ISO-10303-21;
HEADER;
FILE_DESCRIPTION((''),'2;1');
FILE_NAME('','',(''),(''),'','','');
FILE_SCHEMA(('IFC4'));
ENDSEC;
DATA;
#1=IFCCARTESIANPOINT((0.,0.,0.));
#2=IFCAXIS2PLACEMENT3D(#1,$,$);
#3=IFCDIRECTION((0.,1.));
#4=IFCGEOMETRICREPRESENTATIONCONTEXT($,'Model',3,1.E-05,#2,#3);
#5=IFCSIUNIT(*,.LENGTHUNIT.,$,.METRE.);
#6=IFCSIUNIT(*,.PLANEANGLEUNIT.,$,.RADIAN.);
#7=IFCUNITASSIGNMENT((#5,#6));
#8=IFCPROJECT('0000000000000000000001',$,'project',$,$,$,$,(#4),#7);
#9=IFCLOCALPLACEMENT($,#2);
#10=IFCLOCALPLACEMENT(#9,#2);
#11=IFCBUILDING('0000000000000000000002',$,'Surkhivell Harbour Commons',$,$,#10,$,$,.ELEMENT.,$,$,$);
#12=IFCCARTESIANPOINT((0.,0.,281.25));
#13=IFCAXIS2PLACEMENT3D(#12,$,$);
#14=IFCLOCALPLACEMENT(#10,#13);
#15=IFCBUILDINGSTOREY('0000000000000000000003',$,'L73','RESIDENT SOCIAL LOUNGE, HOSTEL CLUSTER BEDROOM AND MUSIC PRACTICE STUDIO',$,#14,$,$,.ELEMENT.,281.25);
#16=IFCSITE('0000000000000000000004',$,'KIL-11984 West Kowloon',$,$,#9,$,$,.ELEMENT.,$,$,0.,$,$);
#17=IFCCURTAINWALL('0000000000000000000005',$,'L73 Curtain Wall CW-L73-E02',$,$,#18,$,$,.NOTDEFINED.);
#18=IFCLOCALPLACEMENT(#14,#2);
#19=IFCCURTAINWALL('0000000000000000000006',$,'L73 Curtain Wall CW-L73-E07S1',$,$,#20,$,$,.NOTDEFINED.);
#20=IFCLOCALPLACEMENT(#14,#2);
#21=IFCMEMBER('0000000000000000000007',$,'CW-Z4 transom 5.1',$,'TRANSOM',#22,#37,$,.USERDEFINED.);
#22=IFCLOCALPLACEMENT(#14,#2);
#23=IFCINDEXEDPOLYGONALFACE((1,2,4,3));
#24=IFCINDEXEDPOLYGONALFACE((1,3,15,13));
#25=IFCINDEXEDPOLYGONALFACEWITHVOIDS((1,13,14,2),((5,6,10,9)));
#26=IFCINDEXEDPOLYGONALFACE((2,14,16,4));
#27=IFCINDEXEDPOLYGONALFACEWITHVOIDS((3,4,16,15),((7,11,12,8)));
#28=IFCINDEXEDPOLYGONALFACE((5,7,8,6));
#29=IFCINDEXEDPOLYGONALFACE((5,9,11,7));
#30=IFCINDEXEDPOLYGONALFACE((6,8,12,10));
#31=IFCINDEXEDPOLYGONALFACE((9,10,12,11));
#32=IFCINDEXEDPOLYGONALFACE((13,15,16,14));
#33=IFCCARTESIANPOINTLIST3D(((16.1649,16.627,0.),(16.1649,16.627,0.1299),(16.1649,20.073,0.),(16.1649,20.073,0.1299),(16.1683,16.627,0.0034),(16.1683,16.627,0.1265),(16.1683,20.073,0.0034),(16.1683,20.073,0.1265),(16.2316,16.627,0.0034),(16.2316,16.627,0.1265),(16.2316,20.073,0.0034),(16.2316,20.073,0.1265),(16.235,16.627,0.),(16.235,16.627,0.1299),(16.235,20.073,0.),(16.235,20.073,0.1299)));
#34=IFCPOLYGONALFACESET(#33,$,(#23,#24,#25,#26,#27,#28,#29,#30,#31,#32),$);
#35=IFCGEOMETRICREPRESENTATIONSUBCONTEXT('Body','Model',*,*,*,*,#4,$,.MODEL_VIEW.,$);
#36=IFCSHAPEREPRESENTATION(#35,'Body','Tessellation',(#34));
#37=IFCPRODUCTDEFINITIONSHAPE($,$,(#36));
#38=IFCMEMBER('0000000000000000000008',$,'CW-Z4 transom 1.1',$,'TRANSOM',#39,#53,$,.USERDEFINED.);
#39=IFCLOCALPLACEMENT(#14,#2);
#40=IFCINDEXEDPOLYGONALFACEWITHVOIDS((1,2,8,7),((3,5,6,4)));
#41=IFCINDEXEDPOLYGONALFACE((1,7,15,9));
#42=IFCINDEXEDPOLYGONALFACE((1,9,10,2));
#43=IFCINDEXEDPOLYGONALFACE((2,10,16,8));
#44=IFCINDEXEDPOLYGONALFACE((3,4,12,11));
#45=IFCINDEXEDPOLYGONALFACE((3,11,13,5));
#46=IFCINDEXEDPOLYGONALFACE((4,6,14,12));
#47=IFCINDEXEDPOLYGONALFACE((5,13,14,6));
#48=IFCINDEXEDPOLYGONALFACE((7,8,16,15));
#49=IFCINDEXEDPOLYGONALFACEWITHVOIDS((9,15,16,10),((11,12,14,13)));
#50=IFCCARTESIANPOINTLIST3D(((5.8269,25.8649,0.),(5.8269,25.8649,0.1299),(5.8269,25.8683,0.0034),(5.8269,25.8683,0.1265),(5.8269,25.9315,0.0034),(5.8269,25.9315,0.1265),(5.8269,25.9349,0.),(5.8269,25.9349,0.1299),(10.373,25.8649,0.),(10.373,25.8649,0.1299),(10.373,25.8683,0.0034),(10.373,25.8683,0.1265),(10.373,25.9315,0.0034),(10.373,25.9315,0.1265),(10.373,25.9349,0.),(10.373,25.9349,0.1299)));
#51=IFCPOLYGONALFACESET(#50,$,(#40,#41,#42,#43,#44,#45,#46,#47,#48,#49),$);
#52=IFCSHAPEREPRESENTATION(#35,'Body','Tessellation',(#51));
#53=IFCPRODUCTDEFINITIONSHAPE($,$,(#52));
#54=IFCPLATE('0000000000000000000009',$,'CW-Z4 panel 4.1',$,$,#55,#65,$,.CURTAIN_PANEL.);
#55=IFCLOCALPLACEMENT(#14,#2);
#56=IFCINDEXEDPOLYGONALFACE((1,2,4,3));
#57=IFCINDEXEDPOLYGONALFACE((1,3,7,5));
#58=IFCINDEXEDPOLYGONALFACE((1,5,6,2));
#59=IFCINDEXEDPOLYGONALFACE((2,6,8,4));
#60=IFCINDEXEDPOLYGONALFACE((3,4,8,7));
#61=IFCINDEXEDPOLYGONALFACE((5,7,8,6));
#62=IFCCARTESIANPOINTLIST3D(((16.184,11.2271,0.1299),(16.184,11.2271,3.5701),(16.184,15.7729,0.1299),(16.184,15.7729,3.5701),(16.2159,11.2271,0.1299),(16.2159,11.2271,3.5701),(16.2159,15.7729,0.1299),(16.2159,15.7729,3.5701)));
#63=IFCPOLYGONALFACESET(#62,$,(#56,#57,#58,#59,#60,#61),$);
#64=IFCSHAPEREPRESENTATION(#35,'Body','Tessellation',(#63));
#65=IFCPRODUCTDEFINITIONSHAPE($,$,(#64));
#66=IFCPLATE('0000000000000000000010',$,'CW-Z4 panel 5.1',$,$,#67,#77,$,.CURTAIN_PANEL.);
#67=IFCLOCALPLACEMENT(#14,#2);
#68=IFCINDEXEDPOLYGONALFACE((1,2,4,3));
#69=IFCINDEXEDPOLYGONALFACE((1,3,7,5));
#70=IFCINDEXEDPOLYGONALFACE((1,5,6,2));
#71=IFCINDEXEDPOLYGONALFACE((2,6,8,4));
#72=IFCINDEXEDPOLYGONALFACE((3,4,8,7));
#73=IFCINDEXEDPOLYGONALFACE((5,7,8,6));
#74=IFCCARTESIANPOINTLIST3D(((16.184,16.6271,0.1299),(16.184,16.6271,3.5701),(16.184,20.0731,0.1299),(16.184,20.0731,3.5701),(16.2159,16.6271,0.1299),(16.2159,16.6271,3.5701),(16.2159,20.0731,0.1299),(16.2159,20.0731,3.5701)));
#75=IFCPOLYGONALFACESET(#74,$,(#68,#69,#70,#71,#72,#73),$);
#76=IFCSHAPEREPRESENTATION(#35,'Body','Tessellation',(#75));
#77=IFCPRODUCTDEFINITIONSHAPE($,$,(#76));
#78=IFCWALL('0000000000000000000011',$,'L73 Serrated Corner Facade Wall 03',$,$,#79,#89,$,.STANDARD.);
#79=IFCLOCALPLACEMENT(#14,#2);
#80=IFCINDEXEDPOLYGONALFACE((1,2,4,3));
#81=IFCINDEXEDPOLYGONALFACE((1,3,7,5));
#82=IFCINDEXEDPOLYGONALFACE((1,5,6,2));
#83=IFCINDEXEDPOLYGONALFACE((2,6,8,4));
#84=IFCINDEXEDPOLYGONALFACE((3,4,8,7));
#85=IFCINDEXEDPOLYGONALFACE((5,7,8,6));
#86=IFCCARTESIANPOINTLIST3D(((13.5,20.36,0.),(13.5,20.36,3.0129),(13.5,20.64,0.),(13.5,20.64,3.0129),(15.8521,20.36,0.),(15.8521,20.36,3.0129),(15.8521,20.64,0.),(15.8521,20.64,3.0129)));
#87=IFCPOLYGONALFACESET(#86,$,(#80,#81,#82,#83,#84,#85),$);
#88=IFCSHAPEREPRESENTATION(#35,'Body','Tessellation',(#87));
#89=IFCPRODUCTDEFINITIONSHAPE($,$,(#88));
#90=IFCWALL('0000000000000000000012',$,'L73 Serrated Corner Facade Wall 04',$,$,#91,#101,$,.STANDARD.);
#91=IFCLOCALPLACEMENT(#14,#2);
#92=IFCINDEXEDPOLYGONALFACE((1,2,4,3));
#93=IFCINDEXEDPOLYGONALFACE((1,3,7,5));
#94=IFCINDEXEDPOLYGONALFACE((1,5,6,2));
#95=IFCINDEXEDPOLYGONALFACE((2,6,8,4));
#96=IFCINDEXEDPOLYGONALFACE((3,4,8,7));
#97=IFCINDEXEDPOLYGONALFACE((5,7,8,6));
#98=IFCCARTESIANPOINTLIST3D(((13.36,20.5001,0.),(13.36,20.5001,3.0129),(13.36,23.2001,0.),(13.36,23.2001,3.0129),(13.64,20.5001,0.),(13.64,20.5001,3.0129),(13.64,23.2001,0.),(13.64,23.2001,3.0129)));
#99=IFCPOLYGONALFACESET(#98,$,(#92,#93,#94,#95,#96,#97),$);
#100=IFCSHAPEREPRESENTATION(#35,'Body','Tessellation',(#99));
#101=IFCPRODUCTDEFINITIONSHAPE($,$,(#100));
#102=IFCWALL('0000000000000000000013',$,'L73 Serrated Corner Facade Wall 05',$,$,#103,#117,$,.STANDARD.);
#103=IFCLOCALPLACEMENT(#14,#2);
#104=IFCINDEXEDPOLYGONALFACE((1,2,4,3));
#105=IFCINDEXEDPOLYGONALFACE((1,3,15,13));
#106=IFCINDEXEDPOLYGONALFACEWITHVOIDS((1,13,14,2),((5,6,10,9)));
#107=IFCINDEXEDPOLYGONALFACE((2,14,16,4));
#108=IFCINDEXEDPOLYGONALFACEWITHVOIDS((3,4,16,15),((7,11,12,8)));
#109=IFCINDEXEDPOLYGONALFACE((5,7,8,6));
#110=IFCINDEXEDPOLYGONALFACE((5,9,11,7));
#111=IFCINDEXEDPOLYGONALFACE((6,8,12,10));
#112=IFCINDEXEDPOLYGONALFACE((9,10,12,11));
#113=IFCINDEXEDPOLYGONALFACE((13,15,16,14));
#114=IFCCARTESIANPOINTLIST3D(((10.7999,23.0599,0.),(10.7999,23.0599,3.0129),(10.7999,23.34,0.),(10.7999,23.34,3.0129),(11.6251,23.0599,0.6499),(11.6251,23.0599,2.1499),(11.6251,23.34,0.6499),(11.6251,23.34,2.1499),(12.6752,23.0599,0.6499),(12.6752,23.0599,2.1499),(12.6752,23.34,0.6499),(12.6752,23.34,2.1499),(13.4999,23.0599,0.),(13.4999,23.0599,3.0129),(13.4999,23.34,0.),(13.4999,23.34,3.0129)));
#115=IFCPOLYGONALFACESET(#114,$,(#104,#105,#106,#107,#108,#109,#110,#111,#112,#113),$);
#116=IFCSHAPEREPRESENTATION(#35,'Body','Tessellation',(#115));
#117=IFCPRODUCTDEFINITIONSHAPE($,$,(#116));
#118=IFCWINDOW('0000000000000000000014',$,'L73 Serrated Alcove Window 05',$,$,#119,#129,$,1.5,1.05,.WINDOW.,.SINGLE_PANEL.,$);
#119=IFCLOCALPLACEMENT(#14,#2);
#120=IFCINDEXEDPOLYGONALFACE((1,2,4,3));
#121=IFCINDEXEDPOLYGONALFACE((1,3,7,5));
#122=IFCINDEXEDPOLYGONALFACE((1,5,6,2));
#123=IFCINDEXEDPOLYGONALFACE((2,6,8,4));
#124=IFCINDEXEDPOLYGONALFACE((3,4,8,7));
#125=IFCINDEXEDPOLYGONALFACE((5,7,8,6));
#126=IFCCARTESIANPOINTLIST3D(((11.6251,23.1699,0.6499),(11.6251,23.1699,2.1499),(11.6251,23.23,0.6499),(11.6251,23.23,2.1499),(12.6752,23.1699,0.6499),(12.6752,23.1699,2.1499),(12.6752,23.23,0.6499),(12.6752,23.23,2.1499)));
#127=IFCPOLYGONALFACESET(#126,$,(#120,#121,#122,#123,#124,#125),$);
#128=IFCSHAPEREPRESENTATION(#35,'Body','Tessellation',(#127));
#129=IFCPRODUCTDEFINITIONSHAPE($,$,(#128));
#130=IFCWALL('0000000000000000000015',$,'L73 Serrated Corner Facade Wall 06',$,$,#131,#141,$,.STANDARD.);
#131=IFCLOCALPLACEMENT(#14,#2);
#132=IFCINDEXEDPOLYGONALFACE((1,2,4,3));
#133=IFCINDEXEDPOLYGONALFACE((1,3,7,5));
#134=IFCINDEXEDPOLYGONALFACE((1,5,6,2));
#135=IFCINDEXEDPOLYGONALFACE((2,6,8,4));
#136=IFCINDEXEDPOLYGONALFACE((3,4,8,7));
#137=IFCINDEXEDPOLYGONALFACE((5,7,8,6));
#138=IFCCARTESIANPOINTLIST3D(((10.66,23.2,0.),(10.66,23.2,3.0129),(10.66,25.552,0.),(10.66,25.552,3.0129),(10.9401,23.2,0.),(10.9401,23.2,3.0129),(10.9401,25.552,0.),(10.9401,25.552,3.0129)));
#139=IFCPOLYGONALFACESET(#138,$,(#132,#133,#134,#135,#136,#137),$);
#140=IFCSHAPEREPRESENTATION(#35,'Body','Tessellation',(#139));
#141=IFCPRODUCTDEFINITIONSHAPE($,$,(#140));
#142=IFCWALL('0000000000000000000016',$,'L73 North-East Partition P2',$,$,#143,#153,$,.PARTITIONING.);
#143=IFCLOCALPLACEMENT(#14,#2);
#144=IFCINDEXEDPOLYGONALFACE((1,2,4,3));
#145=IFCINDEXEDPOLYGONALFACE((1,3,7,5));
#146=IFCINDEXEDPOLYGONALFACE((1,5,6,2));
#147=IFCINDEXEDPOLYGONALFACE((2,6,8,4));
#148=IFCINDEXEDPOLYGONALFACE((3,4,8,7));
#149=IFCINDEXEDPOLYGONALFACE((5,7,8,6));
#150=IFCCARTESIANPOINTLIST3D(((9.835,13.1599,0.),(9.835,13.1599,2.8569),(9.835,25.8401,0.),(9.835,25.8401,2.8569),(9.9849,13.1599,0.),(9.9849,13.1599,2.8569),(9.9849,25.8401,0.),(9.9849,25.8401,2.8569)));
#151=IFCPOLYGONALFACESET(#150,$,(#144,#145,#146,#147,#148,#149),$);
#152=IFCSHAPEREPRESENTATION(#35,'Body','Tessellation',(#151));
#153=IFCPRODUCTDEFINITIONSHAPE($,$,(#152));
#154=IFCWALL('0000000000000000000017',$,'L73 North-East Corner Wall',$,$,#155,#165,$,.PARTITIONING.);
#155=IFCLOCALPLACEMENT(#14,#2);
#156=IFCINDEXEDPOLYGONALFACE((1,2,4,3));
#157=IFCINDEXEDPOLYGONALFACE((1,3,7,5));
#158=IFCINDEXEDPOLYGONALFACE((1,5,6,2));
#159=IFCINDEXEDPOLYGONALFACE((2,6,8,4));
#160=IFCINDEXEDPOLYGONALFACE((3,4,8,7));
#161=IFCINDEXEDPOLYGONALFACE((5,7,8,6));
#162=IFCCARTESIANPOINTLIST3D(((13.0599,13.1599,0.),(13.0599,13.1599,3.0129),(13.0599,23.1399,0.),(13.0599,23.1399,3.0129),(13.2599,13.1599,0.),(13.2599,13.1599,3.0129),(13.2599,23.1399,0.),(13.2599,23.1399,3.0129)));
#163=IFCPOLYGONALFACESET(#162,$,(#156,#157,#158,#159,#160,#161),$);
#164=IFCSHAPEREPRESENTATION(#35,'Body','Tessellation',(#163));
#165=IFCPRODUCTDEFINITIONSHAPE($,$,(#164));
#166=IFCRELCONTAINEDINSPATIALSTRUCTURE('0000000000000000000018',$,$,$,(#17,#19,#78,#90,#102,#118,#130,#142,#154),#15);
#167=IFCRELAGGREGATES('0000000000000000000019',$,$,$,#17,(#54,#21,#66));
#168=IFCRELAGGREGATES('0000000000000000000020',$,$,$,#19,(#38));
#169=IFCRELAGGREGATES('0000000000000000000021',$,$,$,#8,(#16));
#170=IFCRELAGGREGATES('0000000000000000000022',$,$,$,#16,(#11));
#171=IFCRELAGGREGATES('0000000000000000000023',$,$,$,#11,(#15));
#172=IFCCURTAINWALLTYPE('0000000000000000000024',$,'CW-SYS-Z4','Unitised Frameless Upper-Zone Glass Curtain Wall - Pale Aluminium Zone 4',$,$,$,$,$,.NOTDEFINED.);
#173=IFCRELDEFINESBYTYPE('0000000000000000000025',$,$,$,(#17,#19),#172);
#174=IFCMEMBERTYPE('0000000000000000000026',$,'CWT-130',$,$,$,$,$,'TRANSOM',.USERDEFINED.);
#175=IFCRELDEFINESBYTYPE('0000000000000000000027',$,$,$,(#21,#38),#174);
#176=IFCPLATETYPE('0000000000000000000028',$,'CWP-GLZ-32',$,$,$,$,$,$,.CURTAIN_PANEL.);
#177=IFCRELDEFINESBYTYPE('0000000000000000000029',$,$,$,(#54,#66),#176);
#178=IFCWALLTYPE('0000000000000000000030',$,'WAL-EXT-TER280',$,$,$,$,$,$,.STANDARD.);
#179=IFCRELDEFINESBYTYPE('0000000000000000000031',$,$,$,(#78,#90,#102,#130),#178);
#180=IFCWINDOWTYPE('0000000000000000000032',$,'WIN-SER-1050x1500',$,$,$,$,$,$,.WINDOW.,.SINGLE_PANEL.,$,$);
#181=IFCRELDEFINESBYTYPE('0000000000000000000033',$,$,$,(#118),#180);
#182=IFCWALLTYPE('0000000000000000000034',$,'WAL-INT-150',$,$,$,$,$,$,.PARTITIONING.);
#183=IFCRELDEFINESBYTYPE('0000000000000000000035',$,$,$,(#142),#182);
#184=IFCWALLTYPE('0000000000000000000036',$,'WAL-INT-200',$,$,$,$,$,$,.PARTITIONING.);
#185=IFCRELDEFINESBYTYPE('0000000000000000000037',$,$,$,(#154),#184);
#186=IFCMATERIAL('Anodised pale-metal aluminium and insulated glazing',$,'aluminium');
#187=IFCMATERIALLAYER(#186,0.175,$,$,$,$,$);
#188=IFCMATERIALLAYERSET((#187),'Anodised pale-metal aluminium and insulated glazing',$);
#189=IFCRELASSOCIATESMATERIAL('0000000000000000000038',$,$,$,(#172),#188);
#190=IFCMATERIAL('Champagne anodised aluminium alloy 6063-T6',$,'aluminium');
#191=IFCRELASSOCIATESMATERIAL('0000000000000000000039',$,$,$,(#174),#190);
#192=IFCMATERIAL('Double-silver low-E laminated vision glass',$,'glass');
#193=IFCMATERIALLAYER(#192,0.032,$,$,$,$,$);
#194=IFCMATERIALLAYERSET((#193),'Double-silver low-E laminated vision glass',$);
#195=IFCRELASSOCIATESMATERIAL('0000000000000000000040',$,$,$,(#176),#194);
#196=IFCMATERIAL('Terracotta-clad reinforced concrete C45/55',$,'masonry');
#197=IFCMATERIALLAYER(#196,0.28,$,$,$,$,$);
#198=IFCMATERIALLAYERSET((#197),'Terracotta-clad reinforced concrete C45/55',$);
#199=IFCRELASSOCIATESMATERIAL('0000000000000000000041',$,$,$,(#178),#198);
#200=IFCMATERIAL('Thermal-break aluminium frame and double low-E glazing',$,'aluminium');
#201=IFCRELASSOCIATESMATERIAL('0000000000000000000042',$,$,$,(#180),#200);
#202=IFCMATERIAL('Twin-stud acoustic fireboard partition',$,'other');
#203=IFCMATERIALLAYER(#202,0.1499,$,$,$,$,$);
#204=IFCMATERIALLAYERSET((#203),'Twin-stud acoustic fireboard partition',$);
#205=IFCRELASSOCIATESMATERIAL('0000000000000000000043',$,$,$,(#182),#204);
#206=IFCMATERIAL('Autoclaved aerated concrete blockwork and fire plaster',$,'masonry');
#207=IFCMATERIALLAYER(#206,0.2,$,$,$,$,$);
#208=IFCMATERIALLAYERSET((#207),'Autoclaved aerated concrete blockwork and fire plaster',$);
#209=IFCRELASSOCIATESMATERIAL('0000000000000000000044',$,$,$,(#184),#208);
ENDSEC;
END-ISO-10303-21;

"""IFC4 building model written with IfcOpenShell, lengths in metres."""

from ifc_helpers import new_model, si_unit, direction, frame, frame_2d, origin, origin_2d, place, context, subcontext, project, spatial, rectangle, hollow_rectangle, extrude, material, layer, layer_set, material_profile, profile_set, type_object, element, fill, aggregate, save


model = new_model("IFC4")

# Units and contexts
model_context = context("Model", 3, precision=1e-05, world=origin(), true_north=direction((0.0, 1.0)))
body_context = subcontext(model_context, "Body", "Model", "MODEL_VIEW")
ifc_project = project(units=[si_unit("LENGTHUNIT", "METRE"), si_unit("PLANEANGLEUNIT", "RADIAN")], contexts=[model_context])

# Site, building, storey
site_placement = place(None, origin())
site = spatial("IfcSite", under=ifc_project, at=site_placement, Name="KIL-11984 West Kowloon", CompositionType="ELEMENT", RefElevation=0.0)
building_placement = place(site_placement, origin())
building = spatial("IfcBuilding", under=site, at=building_placement, Name="Surkhivell Harbour Commons", CompositionType="ELEMENT")
storey_placement = place(building_placement, frame((0.0, 0.0, 281.25)))
storey = spatial("IfcBuildingStorey", under=building, at=storey_placement, Name="L73", Description="RESIDENT SOCIAL LOUNGE, HOSTEL CLUSTER BEDROOM AND MUSIC PRACTICE STUDIO", CompositionType="ELEMENT", Elevation=281.25)

# Curtain walls
ifc_material_1 = material(Name="Anodised pale-metal aluminium and insulated glazing", Category="aluminium")
ifc_layer_1 = layer(ifc_material_1, 0.175)
ifc_layer_set_1 = layer_set([ifc_layer_1], Name="Anodised pale-metal aluminium and insulated glazing")
curtain_wall_type = type_object("IfcCurtainWallType", Name="CW-SYS-Z4", Description="Unitised Frameless Upper-Zone Glass Curtain Wall - Pale Aluminium Zone 4", PredefinedType="NOTDEFINED", material=ifc_layer_set_1)
curtain_wall_1_placement = place(storey_placement, origin())
curtain_wall_1 = element("IfcCurtainWall", 1, at=curtain_wall_1_placement, inside=storey, type_object=curtain_wall_type, Name="L73 Curtain Wall CW-L73-E02", PredefinedType="NOTDEFINED")
curtain_wall_2_placement = place(storey_placement, origin())
curtain_wall_2 = element("IfcCurtainWall", 2, at=curtain_wall_2_placement, inside=storey, type_object=curtain_wall_type, Name="L73 Curtain Wall CW-L73-E07S1", PredefinedType="NOTDEFINED")

# Members
ifc_material_2 = material(Name="Champagne anodised aluminium alloy 6063-T6", Category="aluminium")
ifc_material_profile_1 = material_profile(ifc_material_2, hollow_rectangle(XDim=0.0701, YDim=0.1299, WallThickness=0.0034, at=origin_2d()), Name="ALU-TRAN-70x130")
ifc_profile_set_1 = profile_set([ifc_material_profile_1], Name="Champagne anodised aluminium alloy 6063-T6")
member_type_1 = type_object("IfcMemberType", Name="CWT-130", ElementType="TRANSOM", PredefinedType="USERDEFINED", material=ifc_profile_set_1)
member_1_placement = place(storey_placement, frame((16.2, 16.627, 0.0649), z_axis=(0.0, 1.0, 0.0), x_axis=(-1.0, 0.0, 0.0)))
member_1 = element("IfcMember", 3, at=member_1_placement, type_object=member_type_1, Name="CW-Z4 transom 5.1", ObjectType="TRANSOM", PredefinedType="USERDEFINED", context=body_context, shape_type="SweptSolid", body=[
    extrude(hollow_rectangle(XDim=0.0701, YDim=0.1299, WallThickness=0.0034, at=origin_2d()), origin(), (0.0, 0.0, 1.0), 3.446),
])
member_2_placement = place(storey_placement, frame((10.373, 25.8999, 0.0649), z_axis=(-1.0, 0.0, 0.0), x_axis=(0.0, -1.0, 0.0)))
member_2 = element("IfcMember", 4, at=member_2_placement, type_object=member_type_1, Name="CW-Z4 transom 1.1", ObjectType="TRANSOM", PredefinedType="USERDEFINED", context=body_context, shape_type="SweptSolid", body=[
    extrude(hollow_rectangle(XDim=0.0701, YDim=0.1299, WallThickness=0.0034, at=origin_2d()), origin(), (0.0, 0.0, 1.0), 4.5461),
])

# Plates
ifc_material_3 = material(Name="Double-silver low-E laminated vision glass", Category="glass")
ifc_layer_2 = layer(ifc_material_3, 0.032)
ifc_layer_set_2 = layer_set([ifc_layer_2], Name="Double-silver low-E laminated vision glass")
plate_type = type_object("IfcPlateType", Name="CWP-GLZ-32", PredefinedType="CURTAIN_PANEL", material=ifc_layer_set_2)
plate_1_placement = place(storey_placement, frame((16.2, 11.2271, 0.1299), z_axis=(0.0, 0.0, 1.0), x_axis=(0.0, 1.0, 0.0)))
plate_1 = element("IfcPlate", 5, at=plate_1_placement, type_object=plate_type, Name="CW-Z4 panel 4.1", PredefinedType="CURTAIN_PANEL", context=body_context, shape_type="SweptSolid", body=[
    extrude(rectangle(XDim=4.5459, YDim=0.032, at=frame_2d((2.2729, 0.0))), origin(), (0.0, 0.0, 1.0), 3.4402),
])
plate_2_placement = place(storey_placement, frame((16.2, 16.627, 0.1299), z_axis=(0.0, 0.0, 1.0), x_axis=(0.0, 1.0, 0.0)))
plate_2 = element("IfcPlate", 6, at=plate_2_placement, type_object=plate_type, Name="CW-Z4 panel 5.1", PredefinedType="CURTAIN_PANEL", context=body_context, shape_type="SweptSolid", body=[
    extrude(rectangle(XDim=3.446, YDim=0.032, at=frame_2d((1.7231, 0.0))), origin(), (0.0, 0.0, 1.0), 3.4402),
])
aggregate(curtain_wall_1, [plate_1, member_1, plate_2])
aggregate(curtain_wall_2, [member_2])

# Walls
ifc_material_4 = material(Name="Terracotta-clad reinforced concrete C45/55", Category="masonry")
ifc_layer_3 = layer(ifc_material_4, 0.28)
ifc_layer_set_3 = layer_set([ifc_layer_3], Name="Terracotta-clad reinforced concrete C45/55")
wall_type_1 = type_object("IfcWallType", Name="WAL-EXT-TER280", PredefinedType="STANDARD", material=ifc_layer_set_3)
wall_1_placement = place(storey_placement, frame((15.8521, 20.5, 0.0), z_axis=(0.0, 0.0, 1.0), x_axis=(-1.0, 0.0, 0.0)))
element("IfcWall", 7, at=wall_1_placement, inside=storey, type_object=wall_type_1, Name="L73 Serrated Corner Facade Wall 03", PredefinedType="STANDARD", context=body_context, shape_type="SweptSolid", body=[
    extrude(rectangle(XDim=2.3521, YDim=0.28, at=frame_2d((1.176, 0.0))), origin(), (0.0, 0.0, 1.0), 3.0129),
])
wall_2_placement = place(storey_placement, frame((13.5, 20.5, 0.0), z_axis=(0.0, 0.0, 1.0), x_axis=(0.0, 1.0, 0.0)))
element("IfcWall", 8, at=wall_2_placement, inside=storey, type_object=wall_type_1, Name="L73 Serrated Corner Facade Wall 04", PredefinedType="STANDARD", context=body_context, shape_type="SweptSolid", body=[
    extrude(rectangle(XDim=2.7, YDim=0.28, at=frame_2d((1.3501, 0.0))), origin(), (0.0, 0.0, 1.0), 3.0129),
])

# Wall, opening, window
wall_3_placement = place(storey_placement, frame((13.5, 23.2, 0.0), z_axis=(0.0, 0.0, 1.0), x_axis=(-1.0, 0.0, 0.0)))
wall_3 = element("IfcWall", 9, at=wall_3_placement, inside=storey, type_object=wall_type_1, Name="L73 Serrated Corner Facade Wall 05", PredefinedType="STANDARD", context=body_context, shape_type="SweptSolid", body=[
    extrude(rectangle(XDim=2.7, YDim=0.28, at=frame_2d((1.3501, 0.0))), origin(), (0.0, 0.0, 1.0), 3.0129),
])
opening_placement = place(wall_3_placement, frame((0.825, 0.0, 0.6499)))
opening = element("IfcOpeningElement", 10, at=opening_placement, cuts=wall_3, PredefinedType="OPENING", context=body_context, shape_type="SweptSolid", body=[
    extrude(rectangle(XDim=1.05, YDim=1.5, at=frame_2d((0.5249, 0.75))), frame((0.0, 0.1499, 0.0), z_axis=(0.0, -1.0, 0.0), x_axis=(1.0, 0.0, 0.0)), (0.0, 0.0, 1.0), 0.3),
])
ifc_material_5 = material(Name="Thermal-break aluminium frame and double low-E glazing", Category="aluminium")
window_type = type_object("IfcWindowType", Name="WIN-SER-1050x1500", PartitioningType="SINGLE_PANEL", PredefinedType="WINDOW", material=ifc_material_5)
window_placement = place(opening_placement, origin())
window = element("IfcWindow", 11, at=window_placement, inside=storey, type_object=window_type, Name="L73 Serrated Alcove Window 05", OverallHeight=1.5, OverallWidth=1.05, PartitioningType="SINGLE_PANEL", PredefinedType="WINDOW", context=body_context, shape_type="SweptSolid", body=[
    extrude(rectangle(XDim=1.05, YDim=1.5, at=frame_2d((0.5249, 0.75))), frame((0.0, 0.03, 0.0), z_axis=(0.0, -1.0, 0.0), x_axis=(1.0, 0.0, 0.0)), (0.0, 0.0, 1.0), 0.0601),
])
fill(opening, window)

# Walls
wall_4_placement = place(storey_placement, frame((10.8, 23.2, 0.0), z_axis=(0.0, 0.0, 1.0), x_axis=(0.0, 1.0, 0.0)))
element("IfcWall", 12, at=wall_4_placement, inside=storey, type_object=wall_type_1, Name="L73 Serrated Corner Facade Wall 06", PredefinedType="STANDARD", context=body_context, shape_type="SweptSolid", body=[
    extrude(rectangle(XDim=2.3521, YDim=0.28, at=frame_2d((1.176, 0.0))), origin(), (0.0, 0.0, 1.0), 3.0129),
])
ifc_material_6 = material(Name="Twin-stud acoustic fireboard partition", Category="other")
ifc_layer_4 = layer(ifc_material_6, 0.1499)
ifc_layer_set_4 = layer_set([ifc_layer_4], Name="Twin-stud acoustic fireboard partition")
wall_type_2 = type_object("IfcWallType", Name="WAL-INT-150", PredefinedType="PARTITIONING", material=ifc_layer_set_4)
wall_5_placement = place(storey_placement, frame((9.9099, 13.1599, 0.0), z_axis=(0.0, 0.0, 1.0), x_axis=(0.0, 1.0, 0.0)))
element("IfcWall", 13, at=wall_5_placement, inside=storey, type_object=wall_type_2, Name="L73 North-East Partition P2", PredefinedType="PARTITIONING", context=body_context, shape_type="SweptSolid", body=[
    extrude(rectangle(XDim=12.6802, YDim=0.1499, at=frame_2d((6.3401, 0.0))), origin(), (0.0, 0.0, 1.0), 2.8569),
])
ifc_material_7 = material(Name="Autoclaved aerated concrete blockwork and fire plaster", Category="masonry")
ifc_layer_5 = layer(ifc_material_7, 0.2)
ifc_layer_set_5 = layer_set([ifc_layer_5], Name="Autoclaved aerated concrete blockwork and fire plaster")
wall_type_3 = type_object("IfcWallType", Name="WAL-INT-200", PredefinedType="PARTITIONING", material=ifc_layer_set_5)
wall_6_placement = place(storey_placement, frame((13.1599, 13.1599, 0.0), z_axis=(0.0, 0.0, 1.0), x_axis=(0.0, 1.0, 0.0)))
element("IfcWall", 14, at=wall_6_placement, inside=storey, type_object=wall_type_3, Name="L73 North-East Corner Wall", PredefinedType="PARTITIONING", context=body_context, shape_type="SweptSolid", body=[
    extrude(rectangle(XDim=9.98, YDim=0.2, at=frame_2d((4.99, 0.0))), origin(), (0.0, 0.0, 1.0), 3.0129),
])

save(model, "model.ifc")
